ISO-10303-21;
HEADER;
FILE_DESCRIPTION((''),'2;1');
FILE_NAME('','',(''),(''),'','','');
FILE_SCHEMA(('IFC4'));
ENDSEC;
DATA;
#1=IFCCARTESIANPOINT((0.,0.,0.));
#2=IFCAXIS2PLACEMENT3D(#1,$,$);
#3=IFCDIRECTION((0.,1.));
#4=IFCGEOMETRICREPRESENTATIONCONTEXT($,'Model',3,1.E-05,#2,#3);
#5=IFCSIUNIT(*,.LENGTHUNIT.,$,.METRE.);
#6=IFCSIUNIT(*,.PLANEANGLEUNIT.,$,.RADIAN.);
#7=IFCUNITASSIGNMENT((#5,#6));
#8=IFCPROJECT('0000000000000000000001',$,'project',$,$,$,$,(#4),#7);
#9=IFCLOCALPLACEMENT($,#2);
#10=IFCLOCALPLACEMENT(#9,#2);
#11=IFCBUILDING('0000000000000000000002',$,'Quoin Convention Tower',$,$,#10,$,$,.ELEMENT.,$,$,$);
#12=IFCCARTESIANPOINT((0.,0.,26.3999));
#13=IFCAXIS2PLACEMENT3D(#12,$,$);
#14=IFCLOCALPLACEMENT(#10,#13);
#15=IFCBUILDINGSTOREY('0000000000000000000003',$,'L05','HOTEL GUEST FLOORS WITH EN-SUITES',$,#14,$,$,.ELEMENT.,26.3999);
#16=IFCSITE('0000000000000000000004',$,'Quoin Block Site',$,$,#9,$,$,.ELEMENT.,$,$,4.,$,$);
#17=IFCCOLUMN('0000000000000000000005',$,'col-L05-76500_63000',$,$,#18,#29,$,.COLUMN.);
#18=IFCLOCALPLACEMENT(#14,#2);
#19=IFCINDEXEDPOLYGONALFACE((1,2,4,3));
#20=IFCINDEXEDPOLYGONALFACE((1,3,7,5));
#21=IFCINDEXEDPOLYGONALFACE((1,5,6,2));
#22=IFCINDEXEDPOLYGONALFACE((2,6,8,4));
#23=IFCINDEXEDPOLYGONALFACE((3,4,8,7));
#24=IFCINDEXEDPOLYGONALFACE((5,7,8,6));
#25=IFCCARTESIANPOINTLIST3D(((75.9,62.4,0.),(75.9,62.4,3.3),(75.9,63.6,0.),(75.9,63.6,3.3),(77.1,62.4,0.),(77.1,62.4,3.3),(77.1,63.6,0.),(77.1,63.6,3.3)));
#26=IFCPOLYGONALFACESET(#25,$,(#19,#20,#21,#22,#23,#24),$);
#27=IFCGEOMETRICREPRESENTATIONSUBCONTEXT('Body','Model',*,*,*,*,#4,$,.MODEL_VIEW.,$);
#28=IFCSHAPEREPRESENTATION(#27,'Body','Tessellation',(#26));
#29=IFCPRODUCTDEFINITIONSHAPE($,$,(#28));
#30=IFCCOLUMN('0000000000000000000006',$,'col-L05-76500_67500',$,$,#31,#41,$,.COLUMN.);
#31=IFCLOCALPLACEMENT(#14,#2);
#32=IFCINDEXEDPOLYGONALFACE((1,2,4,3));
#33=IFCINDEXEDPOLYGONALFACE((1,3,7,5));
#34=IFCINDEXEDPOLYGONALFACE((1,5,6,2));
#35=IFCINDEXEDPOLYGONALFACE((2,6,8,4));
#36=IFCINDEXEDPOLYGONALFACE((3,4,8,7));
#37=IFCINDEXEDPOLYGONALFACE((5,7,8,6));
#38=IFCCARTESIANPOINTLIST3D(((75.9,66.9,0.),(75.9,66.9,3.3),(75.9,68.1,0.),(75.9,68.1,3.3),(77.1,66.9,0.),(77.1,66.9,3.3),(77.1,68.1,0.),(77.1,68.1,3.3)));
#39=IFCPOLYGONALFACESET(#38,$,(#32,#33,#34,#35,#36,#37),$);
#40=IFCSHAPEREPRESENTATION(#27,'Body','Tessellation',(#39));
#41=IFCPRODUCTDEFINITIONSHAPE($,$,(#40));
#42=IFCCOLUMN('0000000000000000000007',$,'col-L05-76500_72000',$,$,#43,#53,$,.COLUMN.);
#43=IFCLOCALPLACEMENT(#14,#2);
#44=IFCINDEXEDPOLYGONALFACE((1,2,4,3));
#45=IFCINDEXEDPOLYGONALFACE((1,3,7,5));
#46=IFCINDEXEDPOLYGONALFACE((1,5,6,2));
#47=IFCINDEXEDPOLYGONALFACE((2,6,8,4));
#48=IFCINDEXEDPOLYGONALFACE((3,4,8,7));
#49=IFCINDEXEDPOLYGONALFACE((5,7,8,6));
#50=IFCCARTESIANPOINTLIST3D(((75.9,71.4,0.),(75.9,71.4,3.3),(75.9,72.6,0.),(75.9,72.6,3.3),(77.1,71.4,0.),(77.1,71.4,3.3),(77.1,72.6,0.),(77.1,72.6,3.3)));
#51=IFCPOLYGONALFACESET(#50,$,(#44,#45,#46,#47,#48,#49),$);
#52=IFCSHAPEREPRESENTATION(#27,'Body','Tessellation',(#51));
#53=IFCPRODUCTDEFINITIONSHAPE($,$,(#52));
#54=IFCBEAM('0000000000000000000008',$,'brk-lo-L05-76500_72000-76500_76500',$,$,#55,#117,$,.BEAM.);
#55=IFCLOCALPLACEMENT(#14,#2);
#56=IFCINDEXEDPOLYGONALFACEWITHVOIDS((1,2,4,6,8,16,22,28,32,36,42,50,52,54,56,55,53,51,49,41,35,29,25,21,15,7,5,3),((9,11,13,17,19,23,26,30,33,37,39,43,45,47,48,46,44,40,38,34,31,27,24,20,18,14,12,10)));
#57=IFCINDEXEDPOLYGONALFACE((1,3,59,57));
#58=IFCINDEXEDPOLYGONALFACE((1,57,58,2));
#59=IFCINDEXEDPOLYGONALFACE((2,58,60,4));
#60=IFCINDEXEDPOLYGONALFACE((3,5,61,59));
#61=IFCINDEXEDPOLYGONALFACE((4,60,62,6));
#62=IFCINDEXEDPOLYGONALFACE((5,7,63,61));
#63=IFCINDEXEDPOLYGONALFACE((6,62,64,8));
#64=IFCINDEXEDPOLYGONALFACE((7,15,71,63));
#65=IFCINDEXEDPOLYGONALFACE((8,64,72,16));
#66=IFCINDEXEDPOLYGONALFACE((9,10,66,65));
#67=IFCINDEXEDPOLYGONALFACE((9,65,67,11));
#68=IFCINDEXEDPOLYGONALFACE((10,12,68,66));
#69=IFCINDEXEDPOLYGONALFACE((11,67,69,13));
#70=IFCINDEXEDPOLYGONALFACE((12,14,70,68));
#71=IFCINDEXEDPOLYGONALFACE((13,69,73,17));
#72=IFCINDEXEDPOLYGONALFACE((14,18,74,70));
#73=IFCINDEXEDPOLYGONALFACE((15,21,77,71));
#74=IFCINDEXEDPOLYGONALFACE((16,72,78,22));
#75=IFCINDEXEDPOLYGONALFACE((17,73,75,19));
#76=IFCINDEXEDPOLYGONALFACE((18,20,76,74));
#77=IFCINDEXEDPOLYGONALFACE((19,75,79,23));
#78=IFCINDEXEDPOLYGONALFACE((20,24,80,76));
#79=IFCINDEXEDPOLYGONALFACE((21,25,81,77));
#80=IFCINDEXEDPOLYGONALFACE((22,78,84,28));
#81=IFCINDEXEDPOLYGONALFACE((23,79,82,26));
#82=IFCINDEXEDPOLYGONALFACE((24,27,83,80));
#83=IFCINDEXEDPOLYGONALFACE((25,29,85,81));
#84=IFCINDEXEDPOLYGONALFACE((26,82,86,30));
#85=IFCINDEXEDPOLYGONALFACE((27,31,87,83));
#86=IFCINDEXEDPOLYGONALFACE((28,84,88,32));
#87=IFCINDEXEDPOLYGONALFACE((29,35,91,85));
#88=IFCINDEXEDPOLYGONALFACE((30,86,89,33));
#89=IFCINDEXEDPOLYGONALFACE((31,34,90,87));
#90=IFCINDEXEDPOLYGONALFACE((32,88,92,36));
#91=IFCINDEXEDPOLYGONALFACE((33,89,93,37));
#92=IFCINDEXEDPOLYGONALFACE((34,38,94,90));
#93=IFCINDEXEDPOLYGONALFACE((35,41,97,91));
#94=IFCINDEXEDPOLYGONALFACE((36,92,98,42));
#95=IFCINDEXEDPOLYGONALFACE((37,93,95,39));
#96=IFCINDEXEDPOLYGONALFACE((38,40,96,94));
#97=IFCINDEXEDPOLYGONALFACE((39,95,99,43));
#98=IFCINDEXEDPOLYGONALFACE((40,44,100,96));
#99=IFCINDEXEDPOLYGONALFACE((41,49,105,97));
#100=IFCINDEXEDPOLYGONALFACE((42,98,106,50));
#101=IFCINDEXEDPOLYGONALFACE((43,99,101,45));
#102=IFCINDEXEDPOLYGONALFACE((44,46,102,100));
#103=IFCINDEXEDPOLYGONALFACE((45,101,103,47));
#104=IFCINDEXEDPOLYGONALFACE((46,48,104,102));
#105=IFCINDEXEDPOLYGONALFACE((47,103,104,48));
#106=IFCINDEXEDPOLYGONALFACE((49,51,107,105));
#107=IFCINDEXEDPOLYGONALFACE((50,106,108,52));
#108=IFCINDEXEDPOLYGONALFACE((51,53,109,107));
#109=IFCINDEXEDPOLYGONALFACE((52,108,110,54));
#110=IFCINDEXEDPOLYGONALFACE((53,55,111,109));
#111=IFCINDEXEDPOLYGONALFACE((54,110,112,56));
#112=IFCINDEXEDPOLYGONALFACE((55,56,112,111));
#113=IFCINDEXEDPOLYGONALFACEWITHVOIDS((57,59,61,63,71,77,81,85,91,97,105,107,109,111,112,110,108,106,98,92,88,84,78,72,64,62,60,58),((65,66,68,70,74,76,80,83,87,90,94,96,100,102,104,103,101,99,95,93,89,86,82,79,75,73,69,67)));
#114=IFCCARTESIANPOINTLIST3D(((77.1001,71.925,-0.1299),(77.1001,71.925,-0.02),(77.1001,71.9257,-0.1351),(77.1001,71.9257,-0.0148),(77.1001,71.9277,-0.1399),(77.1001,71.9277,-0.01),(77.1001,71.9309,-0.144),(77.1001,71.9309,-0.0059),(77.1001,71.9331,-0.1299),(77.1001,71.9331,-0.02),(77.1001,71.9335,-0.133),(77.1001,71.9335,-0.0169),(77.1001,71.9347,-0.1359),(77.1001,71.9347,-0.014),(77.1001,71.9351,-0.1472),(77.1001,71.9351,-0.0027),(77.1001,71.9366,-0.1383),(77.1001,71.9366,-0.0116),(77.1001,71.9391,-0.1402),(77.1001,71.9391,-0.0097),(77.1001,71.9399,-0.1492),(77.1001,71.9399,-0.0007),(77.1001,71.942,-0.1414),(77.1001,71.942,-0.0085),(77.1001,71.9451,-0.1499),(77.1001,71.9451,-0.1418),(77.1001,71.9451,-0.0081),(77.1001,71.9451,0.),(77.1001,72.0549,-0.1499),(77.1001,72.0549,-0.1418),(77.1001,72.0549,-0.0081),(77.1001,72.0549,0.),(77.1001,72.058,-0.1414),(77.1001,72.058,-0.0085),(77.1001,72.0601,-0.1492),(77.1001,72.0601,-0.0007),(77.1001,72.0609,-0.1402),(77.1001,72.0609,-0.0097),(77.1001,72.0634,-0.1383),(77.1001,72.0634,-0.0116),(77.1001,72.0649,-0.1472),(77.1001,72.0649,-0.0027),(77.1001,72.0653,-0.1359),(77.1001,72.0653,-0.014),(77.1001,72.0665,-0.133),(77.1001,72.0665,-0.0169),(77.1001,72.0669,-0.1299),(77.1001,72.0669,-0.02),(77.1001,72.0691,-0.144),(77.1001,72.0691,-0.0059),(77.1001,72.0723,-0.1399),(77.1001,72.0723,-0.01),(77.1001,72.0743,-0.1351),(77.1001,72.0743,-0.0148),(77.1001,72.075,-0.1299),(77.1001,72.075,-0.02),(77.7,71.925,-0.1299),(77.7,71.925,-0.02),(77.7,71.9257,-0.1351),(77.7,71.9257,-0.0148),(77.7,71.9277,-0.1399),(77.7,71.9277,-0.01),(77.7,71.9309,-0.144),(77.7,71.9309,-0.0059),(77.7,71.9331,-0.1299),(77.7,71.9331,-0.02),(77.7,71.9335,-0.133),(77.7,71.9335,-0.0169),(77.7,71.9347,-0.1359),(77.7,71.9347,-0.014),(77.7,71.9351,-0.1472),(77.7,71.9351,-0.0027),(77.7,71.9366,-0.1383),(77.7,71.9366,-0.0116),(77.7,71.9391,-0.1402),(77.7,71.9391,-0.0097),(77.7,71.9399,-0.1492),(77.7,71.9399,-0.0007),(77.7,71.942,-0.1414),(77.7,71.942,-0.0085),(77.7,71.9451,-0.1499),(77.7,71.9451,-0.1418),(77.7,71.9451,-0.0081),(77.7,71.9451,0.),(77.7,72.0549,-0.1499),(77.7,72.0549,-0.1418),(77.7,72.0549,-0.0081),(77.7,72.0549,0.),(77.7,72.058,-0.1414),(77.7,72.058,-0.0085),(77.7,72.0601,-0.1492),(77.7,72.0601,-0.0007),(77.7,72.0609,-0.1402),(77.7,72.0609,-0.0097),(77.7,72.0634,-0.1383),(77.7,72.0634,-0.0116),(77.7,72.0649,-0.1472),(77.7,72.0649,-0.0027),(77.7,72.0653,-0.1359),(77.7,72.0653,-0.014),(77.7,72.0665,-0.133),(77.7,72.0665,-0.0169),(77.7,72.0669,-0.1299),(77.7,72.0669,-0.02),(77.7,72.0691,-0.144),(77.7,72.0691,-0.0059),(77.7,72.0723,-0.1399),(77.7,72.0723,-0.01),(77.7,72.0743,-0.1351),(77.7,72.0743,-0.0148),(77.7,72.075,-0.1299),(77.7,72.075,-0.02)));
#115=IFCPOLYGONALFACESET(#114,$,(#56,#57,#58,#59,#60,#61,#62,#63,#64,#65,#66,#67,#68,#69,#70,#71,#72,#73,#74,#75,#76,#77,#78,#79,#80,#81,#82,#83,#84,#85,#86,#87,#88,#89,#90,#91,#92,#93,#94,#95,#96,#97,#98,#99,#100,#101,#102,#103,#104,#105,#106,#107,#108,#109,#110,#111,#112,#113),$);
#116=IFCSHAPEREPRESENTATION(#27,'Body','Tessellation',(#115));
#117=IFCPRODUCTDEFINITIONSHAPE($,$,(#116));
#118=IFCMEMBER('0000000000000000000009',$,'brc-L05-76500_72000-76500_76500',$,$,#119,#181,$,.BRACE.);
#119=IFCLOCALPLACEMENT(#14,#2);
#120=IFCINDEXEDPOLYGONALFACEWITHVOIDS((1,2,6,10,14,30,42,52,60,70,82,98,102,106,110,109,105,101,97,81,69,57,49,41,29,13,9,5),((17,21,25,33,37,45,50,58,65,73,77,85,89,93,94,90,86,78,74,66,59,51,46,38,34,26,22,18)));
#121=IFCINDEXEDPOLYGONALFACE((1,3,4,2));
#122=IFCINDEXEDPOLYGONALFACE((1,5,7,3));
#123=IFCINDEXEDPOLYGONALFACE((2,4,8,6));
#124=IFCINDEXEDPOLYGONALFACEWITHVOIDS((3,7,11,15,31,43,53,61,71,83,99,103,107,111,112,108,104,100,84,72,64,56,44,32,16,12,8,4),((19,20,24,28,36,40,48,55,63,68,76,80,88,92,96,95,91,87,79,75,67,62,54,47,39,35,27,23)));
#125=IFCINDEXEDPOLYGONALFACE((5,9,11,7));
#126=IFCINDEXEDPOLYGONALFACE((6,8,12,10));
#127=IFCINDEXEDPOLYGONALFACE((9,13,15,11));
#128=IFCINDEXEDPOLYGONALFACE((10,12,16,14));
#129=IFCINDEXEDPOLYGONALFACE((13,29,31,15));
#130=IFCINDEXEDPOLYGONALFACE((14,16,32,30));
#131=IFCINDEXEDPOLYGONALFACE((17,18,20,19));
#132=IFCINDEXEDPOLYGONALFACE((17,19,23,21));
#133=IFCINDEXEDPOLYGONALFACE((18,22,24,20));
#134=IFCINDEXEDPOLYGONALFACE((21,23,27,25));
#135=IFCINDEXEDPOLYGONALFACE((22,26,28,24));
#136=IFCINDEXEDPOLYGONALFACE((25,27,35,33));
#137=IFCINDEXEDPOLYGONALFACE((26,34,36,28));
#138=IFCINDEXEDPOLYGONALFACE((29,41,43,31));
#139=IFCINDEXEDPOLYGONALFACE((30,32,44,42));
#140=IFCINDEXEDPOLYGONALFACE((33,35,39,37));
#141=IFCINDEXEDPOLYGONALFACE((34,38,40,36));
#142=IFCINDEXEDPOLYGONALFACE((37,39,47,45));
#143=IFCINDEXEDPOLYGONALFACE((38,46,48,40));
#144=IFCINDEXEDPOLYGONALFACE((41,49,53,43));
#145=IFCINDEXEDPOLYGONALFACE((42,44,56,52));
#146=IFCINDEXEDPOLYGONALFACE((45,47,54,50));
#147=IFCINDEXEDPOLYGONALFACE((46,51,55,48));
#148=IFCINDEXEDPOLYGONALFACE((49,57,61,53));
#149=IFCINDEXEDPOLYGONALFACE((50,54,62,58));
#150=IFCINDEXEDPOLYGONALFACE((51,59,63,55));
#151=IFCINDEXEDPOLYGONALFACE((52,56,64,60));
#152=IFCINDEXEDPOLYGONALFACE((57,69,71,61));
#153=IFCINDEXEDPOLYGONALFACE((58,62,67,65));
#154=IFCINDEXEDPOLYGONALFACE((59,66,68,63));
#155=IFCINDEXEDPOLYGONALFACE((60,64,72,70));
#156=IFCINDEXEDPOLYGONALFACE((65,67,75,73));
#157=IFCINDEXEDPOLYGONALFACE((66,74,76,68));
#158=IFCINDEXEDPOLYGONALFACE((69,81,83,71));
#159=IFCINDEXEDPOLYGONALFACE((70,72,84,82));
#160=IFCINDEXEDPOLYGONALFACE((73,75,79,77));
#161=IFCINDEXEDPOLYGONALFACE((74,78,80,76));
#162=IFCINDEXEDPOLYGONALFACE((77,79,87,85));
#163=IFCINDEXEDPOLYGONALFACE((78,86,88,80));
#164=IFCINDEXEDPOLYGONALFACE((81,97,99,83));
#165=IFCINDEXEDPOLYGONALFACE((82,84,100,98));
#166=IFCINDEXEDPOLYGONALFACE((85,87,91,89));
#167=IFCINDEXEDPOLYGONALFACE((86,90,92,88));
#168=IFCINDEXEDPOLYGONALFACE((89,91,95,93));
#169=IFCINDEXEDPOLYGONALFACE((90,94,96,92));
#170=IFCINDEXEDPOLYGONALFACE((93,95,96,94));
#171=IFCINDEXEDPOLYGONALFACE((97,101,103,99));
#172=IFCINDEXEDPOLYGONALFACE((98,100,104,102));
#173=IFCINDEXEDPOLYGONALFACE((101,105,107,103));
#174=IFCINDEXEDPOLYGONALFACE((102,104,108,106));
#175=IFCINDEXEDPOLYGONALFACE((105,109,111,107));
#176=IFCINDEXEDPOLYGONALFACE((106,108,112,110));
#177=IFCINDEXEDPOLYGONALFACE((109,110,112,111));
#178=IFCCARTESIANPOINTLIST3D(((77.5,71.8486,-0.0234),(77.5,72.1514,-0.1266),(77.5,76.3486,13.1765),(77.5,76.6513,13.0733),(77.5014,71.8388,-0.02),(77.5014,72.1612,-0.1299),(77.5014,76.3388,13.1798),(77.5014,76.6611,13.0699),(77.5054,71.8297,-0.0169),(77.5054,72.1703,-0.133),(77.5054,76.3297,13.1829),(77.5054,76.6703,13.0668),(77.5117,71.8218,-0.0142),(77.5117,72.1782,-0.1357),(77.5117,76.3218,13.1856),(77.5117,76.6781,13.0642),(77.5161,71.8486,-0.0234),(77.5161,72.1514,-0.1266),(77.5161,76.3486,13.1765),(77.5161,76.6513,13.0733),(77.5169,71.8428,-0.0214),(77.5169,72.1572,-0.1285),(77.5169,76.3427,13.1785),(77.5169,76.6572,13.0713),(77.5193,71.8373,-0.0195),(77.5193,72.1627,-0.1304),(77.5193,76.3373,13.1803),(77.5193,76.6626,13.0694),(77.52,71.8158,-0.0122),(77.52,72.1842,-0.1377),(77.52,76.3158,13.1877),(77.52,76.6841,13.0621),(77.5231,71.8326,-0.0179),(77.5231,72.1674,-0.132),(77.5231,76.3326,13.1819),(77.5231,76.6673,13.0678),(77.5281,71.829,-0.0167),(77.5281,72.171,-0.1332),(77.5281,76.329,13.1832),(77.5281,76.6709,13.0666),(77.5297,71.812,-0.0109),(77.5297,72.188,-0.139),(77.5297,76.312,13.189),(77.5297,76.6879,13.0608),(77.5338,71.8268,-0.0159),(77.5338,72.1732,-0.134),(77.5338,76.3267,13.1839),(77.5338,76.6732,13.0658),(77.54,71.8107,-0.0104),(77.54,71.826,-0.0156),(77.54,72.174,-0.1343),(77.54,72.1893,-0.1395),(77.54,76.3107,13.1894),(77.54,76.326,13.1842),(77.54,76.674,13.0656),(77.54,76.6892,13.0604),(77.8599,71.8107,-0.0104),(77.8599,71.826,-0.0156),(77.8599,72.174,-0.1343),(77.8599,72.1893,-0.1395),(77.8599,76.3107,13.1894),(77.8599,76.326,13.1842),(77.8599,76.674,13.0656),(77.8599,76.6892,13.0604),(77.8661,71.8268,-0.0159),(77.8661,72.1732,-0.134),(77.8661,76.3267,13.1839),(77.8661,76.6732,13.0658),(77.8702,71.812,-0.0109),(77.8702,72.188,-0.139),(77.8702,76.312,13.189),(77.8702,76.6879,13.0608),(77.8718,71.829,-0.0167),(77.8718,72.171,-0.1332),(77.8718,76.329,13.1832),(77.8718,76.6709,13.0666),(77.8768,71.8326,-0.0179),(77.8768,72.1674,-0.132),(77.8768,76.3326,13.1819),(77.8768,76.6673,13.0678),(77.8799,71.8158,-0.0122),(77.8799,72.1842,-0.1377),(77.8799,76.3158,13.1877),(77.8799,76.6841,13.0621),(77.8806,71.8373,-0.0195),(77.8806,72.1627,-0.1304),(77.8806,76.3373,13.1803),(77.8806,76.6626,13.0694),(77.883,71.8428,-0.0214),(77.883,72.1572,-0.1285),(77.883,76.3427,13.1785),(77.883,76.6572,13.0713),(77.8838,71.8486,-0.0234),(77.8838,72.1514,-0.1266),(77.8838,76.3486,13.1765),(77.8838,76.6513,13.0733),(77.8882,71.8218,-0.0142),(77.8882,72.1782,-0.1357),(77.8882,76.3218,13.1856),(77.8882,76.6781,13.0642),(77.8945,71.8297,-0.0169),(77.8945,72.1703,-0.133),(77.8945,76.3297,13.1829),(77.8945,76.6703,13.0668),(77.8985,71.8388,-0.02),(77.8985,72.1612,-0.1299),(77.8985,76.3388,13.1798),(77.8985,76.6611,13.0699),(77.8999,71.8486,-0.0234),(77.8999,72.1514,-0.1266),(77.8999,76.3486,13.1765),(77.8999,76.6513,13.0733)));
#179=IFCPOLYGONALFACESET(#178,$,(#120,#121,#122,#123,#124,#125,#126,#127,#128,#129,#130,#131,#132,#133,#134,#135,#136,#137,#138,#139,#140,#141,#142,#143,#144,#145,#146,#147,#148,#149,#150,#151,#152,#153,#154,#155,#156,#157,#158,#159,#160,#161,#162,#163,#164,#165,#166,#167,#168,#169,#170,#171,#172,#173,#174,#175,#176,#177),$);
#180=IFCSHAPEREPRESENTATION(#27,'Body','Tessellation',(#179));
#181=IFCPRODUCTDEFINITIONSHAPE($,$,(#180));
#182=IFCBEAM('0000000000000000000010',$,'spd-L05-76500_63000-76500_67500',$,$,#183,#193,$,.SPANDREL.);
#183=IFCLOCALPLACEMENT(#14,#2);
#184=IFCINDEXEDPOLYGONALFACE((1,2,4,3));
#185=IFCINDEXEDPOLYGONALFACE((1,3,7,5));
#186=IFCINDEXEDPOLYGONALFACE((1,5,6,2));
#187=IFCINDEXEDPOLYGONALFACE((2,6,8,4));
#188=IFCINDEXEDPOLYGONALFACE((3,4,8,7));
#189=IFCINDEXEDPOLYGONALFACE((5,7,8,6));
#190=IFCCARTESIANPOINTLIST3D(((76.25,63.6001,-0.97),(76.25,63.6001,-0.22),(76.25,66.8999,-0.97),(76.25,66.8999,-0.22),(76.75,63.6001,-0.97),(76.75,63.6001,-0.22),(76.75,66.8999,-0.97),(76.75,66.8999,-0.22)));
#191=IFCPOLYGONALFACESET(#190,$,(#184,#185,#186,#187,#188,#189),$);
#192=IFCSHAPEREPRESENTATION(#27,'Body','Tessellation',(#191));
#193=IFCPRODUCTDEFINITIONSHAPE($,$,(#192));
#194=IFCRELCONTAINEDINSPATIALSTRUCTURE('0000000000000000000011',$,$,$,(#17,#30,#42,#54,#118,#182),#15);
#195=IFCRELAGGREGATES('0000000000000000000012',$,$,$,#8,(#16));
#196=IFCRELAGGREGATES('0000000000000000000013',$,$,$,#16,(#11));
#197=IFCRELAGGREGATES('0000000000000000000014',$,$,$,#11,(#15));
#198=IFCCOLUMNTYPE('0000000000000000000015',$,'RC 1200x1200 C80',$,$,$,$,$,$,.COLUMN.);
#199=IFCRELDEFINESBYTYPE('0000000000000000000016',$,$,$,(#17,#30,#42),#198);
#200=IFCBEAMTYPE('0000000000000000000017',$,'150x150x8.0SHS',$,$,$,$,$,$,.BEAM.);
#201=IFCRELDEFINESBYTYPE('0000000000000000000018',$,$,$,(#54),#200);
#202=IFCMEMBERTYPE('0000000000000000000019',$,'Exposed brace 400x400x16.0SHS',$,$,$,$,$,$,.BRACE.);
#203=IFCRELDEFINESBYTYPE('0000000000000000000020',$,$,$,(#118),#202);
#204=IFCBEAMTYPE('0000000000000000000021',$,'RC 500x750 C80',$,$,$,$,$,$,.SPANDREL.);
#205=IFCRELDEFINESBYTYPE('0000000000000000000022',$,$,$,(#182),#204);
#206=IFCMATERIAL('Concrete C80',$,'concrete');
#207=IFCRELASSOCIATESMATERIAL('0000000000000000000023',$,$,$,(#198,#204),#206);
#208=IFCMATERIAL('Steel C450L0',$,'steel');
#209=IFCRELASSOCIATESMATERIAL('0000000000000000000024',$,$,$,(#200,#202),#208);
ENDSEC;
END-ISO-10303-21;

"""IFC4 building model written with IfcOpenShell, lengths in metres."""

from ifc_helpers import new_model, si_unit, direction, frame, origin, origin_2d, place, context, subcontext, project, spatial, rectangle, hollow_rectangle, extrude, material, material_profile, profile_set, type_object, element, save


model = new_model("IFC4")

# Units and contexts
model_context = context("Model", 3, precision=1e-05, world=origin(), true_north=direction((0.0, 1.0)))
body_context = subcontext(model_context, "Body", "Model", "MODEL_VIEW")
ifc_project = project(units=[si_unit("LENGTHUNIT", "METRE"), si_unit("PLANEANGLEUNIT", "RADIAN")], contexts=[model_context])

# Site, building, storey
site_placement = place(None, origin())
site = spatial("IfcSite", under=ifc_project, at=site_placement, Name="Quoin Block Site", CompositionType="ELEMENT", RefElevation=4.0)
building_placement = place(site_placement, origin())
building = spatial("IfcBuilding", under=site, at=building_placement, Name="Quoin Convention Tower", CompositionType="ELEMENT")
storey_placement = place(building_placement, frame((0.0, 0.0, 26.3999)))
storey = spatial("IfcBuildingStorey", under=building, at=storey_placement, Name="L05", Description="HOTEL GUEST FLOORS WITH EN-SUITES", CompositionType="ELEMENT", Elevation=26.3999)

# Columns
ifc_material_1 = material(Name="Concrete C80", Category="concrete")
ifc_material_profile_1 = material_profile(ifc_material_1, rectangle(XDim=1.2, YDim=1.2, at=origin_2d()), Name="RC 1200x1200")
ifc_profile_set_1 = profile_set([ifc_material_profile_1], Name="Concrete C80")
column_type = type_object("IfcColumnType", Name="RC 1200x1200 C80", PredefinedType="COLUMN", material=ifc_profile_set_1)
for number, where, z_axis, x_axis, name in (
    (1, (76.5, 63.0, 0.0), (0.0, 0.0, 1.0), (1.0, 0.0, 0.0), "col-L05-76500_63000"),
    (2, (76.5, 67.5, 0.0), (0.0, 0.0, 1.0), (1.0, 0.0, 0.0), "col-L05-76500_67500"),
    (3, (76.5, 72.0, 0.0), (0.0, 0.0, 1.0), (1.0, 0.0, 0.0), "col-L05-76500_72000"),
):
    element("IfcColumn", number, at=place(storey_placement, frame(where, z_axis=z_axis, x_axis=x_axis)), inside=storey, type_object=column_type, Name=name, PredefinedType="COLUMN", context=body_context, shape_type="SweptSolid", body=[
        extrude(rectangle(XDim=1.2, YDim=1.2, at=origin_2d()), origin(), (0.0, 0.0, 1.0), 3.3),
    ])

# Beam
ifc_material_2 = material(Name="Steel C450L0", Category="steel")
ifc_material_profile_2 = material_profile(ifc_material_2, hollow_rectangle(XDim=0.1499, YDim=0.1499, WallThickness=0.0081, InnerFilletRadius=0.012, OuterFilletRadius=0.02, at=origin_2d()), Name="150x150x8.0SHS")
ifc_profile_set_2 = profile_set([ifc_material_profile_2], Name="Steel C450L0")
beam_type_1 = type_object("IfcBeamType", Name="150x150x8.0SHS", PredefinedType="BEAM", material=ifc_profile_set_2)
beam_placement = place(storey_placement, frame((77.1001, 72.0, -0.075), z_axis=(1.0, 0.0, 0.0), x_axis=(0.0, 1.0, 0.0)))
element("IfcBeam", 4, at=beam_placement, inside=storey, type_object=beam_type_1, Name="brk-lo-L05-76500_72000-76500_76500", PredefinedType="BEAM", context=body_context, shape_type="SweptSolid", body=[
    extrude(hollow_rectangle(XDim=0.1499, YDim=0.1499, WallThickness=0.0081, InnerFilletRadius=0.012, OuterFilletRadius=0.02, at=origin_2d()), origin(), (0.0, 0.0, 1.0), 0.5999),
])

# Member
ifc_material_profile_3 = material_profile(ifc_material_2, hollow_rectangle(XDim=0.3999, YDim=0.3999, WallThickness=0.0161, InnerFilletRadius=0.0239, OuterFilletRadius=0.04, at=origin_2d()), Name="400x400x16.0SHS")
ifc_profile_set_3 = profile_set([ifc_material_profile_3], Name="Steel C450L0")
member_type = type_object("IfcMemberType", Name="Exposed brace 400x400x16.0SHS", PredefinedType="BRACE", material=ifc_profile_set_3)
member_placement = place(storey_placement, frame((77.7, 72.0, -0.075), z_axis=(0.0, 0.322675, 0.94651), x_axis=(-1.0, 0.0, 0.0)))
element("IfcMember", 5, at=member_placement, inside=storey, type_object=member_type, Name="brc-L05-76500_72000-76500_76500", PredefinedType="BRACE", context=body_context, shape_type="SweptSolid", body=[
    extrude(hollow_rectangle(XDim=0.3999, YDim=0.3999, WallThickness=0.0161, InnerFilletRadius=0.0239, OuterFilletRadius=0.04, at=origin_2d()), origin(), (0.0, 0.0, 1.0), 13.9458),
])

# Beam
ifc_material_profile_4 = material_profile(ifc_material_1, rectangle(XDim=0.5, YDim=0.75, at=origin_2d()), Name="RC 500x750")
ifc_profile_set_4 = profile_set([ifc_material_profile_4], Name="Concrete C80")
beam_type_2 = type_object("IfcBeamType", Name="RC 500x750 C80", PredefinedType="SPANDREL", material=ifc_profile_set_4)
for number, where, z_axis, x_axis, name in (
    (6, (76.5, 63.6001, -0.595), (0.0, 1.0, 0.0), (-1.0, 0.0, 0.0), "spd-L05-76500_63000-76500_67500"),
):
    element("IfcBeam", number, at=place(storey_placement, frame(where, z_axis=z_axis, x_axis=x_axis)), inside=storey, type_object=beam_type_2, Name=name, PredefinedType="SPANDREL", context=body_context, shape_type="SweptSolid", body=[
        extrude(rectangle(XDim=0.5, YDim=0.75, at=origin_2d()), origin(), (0.0, 0.0, 1.0), 3.2998),
    ])

save(model, "model.ifc")
